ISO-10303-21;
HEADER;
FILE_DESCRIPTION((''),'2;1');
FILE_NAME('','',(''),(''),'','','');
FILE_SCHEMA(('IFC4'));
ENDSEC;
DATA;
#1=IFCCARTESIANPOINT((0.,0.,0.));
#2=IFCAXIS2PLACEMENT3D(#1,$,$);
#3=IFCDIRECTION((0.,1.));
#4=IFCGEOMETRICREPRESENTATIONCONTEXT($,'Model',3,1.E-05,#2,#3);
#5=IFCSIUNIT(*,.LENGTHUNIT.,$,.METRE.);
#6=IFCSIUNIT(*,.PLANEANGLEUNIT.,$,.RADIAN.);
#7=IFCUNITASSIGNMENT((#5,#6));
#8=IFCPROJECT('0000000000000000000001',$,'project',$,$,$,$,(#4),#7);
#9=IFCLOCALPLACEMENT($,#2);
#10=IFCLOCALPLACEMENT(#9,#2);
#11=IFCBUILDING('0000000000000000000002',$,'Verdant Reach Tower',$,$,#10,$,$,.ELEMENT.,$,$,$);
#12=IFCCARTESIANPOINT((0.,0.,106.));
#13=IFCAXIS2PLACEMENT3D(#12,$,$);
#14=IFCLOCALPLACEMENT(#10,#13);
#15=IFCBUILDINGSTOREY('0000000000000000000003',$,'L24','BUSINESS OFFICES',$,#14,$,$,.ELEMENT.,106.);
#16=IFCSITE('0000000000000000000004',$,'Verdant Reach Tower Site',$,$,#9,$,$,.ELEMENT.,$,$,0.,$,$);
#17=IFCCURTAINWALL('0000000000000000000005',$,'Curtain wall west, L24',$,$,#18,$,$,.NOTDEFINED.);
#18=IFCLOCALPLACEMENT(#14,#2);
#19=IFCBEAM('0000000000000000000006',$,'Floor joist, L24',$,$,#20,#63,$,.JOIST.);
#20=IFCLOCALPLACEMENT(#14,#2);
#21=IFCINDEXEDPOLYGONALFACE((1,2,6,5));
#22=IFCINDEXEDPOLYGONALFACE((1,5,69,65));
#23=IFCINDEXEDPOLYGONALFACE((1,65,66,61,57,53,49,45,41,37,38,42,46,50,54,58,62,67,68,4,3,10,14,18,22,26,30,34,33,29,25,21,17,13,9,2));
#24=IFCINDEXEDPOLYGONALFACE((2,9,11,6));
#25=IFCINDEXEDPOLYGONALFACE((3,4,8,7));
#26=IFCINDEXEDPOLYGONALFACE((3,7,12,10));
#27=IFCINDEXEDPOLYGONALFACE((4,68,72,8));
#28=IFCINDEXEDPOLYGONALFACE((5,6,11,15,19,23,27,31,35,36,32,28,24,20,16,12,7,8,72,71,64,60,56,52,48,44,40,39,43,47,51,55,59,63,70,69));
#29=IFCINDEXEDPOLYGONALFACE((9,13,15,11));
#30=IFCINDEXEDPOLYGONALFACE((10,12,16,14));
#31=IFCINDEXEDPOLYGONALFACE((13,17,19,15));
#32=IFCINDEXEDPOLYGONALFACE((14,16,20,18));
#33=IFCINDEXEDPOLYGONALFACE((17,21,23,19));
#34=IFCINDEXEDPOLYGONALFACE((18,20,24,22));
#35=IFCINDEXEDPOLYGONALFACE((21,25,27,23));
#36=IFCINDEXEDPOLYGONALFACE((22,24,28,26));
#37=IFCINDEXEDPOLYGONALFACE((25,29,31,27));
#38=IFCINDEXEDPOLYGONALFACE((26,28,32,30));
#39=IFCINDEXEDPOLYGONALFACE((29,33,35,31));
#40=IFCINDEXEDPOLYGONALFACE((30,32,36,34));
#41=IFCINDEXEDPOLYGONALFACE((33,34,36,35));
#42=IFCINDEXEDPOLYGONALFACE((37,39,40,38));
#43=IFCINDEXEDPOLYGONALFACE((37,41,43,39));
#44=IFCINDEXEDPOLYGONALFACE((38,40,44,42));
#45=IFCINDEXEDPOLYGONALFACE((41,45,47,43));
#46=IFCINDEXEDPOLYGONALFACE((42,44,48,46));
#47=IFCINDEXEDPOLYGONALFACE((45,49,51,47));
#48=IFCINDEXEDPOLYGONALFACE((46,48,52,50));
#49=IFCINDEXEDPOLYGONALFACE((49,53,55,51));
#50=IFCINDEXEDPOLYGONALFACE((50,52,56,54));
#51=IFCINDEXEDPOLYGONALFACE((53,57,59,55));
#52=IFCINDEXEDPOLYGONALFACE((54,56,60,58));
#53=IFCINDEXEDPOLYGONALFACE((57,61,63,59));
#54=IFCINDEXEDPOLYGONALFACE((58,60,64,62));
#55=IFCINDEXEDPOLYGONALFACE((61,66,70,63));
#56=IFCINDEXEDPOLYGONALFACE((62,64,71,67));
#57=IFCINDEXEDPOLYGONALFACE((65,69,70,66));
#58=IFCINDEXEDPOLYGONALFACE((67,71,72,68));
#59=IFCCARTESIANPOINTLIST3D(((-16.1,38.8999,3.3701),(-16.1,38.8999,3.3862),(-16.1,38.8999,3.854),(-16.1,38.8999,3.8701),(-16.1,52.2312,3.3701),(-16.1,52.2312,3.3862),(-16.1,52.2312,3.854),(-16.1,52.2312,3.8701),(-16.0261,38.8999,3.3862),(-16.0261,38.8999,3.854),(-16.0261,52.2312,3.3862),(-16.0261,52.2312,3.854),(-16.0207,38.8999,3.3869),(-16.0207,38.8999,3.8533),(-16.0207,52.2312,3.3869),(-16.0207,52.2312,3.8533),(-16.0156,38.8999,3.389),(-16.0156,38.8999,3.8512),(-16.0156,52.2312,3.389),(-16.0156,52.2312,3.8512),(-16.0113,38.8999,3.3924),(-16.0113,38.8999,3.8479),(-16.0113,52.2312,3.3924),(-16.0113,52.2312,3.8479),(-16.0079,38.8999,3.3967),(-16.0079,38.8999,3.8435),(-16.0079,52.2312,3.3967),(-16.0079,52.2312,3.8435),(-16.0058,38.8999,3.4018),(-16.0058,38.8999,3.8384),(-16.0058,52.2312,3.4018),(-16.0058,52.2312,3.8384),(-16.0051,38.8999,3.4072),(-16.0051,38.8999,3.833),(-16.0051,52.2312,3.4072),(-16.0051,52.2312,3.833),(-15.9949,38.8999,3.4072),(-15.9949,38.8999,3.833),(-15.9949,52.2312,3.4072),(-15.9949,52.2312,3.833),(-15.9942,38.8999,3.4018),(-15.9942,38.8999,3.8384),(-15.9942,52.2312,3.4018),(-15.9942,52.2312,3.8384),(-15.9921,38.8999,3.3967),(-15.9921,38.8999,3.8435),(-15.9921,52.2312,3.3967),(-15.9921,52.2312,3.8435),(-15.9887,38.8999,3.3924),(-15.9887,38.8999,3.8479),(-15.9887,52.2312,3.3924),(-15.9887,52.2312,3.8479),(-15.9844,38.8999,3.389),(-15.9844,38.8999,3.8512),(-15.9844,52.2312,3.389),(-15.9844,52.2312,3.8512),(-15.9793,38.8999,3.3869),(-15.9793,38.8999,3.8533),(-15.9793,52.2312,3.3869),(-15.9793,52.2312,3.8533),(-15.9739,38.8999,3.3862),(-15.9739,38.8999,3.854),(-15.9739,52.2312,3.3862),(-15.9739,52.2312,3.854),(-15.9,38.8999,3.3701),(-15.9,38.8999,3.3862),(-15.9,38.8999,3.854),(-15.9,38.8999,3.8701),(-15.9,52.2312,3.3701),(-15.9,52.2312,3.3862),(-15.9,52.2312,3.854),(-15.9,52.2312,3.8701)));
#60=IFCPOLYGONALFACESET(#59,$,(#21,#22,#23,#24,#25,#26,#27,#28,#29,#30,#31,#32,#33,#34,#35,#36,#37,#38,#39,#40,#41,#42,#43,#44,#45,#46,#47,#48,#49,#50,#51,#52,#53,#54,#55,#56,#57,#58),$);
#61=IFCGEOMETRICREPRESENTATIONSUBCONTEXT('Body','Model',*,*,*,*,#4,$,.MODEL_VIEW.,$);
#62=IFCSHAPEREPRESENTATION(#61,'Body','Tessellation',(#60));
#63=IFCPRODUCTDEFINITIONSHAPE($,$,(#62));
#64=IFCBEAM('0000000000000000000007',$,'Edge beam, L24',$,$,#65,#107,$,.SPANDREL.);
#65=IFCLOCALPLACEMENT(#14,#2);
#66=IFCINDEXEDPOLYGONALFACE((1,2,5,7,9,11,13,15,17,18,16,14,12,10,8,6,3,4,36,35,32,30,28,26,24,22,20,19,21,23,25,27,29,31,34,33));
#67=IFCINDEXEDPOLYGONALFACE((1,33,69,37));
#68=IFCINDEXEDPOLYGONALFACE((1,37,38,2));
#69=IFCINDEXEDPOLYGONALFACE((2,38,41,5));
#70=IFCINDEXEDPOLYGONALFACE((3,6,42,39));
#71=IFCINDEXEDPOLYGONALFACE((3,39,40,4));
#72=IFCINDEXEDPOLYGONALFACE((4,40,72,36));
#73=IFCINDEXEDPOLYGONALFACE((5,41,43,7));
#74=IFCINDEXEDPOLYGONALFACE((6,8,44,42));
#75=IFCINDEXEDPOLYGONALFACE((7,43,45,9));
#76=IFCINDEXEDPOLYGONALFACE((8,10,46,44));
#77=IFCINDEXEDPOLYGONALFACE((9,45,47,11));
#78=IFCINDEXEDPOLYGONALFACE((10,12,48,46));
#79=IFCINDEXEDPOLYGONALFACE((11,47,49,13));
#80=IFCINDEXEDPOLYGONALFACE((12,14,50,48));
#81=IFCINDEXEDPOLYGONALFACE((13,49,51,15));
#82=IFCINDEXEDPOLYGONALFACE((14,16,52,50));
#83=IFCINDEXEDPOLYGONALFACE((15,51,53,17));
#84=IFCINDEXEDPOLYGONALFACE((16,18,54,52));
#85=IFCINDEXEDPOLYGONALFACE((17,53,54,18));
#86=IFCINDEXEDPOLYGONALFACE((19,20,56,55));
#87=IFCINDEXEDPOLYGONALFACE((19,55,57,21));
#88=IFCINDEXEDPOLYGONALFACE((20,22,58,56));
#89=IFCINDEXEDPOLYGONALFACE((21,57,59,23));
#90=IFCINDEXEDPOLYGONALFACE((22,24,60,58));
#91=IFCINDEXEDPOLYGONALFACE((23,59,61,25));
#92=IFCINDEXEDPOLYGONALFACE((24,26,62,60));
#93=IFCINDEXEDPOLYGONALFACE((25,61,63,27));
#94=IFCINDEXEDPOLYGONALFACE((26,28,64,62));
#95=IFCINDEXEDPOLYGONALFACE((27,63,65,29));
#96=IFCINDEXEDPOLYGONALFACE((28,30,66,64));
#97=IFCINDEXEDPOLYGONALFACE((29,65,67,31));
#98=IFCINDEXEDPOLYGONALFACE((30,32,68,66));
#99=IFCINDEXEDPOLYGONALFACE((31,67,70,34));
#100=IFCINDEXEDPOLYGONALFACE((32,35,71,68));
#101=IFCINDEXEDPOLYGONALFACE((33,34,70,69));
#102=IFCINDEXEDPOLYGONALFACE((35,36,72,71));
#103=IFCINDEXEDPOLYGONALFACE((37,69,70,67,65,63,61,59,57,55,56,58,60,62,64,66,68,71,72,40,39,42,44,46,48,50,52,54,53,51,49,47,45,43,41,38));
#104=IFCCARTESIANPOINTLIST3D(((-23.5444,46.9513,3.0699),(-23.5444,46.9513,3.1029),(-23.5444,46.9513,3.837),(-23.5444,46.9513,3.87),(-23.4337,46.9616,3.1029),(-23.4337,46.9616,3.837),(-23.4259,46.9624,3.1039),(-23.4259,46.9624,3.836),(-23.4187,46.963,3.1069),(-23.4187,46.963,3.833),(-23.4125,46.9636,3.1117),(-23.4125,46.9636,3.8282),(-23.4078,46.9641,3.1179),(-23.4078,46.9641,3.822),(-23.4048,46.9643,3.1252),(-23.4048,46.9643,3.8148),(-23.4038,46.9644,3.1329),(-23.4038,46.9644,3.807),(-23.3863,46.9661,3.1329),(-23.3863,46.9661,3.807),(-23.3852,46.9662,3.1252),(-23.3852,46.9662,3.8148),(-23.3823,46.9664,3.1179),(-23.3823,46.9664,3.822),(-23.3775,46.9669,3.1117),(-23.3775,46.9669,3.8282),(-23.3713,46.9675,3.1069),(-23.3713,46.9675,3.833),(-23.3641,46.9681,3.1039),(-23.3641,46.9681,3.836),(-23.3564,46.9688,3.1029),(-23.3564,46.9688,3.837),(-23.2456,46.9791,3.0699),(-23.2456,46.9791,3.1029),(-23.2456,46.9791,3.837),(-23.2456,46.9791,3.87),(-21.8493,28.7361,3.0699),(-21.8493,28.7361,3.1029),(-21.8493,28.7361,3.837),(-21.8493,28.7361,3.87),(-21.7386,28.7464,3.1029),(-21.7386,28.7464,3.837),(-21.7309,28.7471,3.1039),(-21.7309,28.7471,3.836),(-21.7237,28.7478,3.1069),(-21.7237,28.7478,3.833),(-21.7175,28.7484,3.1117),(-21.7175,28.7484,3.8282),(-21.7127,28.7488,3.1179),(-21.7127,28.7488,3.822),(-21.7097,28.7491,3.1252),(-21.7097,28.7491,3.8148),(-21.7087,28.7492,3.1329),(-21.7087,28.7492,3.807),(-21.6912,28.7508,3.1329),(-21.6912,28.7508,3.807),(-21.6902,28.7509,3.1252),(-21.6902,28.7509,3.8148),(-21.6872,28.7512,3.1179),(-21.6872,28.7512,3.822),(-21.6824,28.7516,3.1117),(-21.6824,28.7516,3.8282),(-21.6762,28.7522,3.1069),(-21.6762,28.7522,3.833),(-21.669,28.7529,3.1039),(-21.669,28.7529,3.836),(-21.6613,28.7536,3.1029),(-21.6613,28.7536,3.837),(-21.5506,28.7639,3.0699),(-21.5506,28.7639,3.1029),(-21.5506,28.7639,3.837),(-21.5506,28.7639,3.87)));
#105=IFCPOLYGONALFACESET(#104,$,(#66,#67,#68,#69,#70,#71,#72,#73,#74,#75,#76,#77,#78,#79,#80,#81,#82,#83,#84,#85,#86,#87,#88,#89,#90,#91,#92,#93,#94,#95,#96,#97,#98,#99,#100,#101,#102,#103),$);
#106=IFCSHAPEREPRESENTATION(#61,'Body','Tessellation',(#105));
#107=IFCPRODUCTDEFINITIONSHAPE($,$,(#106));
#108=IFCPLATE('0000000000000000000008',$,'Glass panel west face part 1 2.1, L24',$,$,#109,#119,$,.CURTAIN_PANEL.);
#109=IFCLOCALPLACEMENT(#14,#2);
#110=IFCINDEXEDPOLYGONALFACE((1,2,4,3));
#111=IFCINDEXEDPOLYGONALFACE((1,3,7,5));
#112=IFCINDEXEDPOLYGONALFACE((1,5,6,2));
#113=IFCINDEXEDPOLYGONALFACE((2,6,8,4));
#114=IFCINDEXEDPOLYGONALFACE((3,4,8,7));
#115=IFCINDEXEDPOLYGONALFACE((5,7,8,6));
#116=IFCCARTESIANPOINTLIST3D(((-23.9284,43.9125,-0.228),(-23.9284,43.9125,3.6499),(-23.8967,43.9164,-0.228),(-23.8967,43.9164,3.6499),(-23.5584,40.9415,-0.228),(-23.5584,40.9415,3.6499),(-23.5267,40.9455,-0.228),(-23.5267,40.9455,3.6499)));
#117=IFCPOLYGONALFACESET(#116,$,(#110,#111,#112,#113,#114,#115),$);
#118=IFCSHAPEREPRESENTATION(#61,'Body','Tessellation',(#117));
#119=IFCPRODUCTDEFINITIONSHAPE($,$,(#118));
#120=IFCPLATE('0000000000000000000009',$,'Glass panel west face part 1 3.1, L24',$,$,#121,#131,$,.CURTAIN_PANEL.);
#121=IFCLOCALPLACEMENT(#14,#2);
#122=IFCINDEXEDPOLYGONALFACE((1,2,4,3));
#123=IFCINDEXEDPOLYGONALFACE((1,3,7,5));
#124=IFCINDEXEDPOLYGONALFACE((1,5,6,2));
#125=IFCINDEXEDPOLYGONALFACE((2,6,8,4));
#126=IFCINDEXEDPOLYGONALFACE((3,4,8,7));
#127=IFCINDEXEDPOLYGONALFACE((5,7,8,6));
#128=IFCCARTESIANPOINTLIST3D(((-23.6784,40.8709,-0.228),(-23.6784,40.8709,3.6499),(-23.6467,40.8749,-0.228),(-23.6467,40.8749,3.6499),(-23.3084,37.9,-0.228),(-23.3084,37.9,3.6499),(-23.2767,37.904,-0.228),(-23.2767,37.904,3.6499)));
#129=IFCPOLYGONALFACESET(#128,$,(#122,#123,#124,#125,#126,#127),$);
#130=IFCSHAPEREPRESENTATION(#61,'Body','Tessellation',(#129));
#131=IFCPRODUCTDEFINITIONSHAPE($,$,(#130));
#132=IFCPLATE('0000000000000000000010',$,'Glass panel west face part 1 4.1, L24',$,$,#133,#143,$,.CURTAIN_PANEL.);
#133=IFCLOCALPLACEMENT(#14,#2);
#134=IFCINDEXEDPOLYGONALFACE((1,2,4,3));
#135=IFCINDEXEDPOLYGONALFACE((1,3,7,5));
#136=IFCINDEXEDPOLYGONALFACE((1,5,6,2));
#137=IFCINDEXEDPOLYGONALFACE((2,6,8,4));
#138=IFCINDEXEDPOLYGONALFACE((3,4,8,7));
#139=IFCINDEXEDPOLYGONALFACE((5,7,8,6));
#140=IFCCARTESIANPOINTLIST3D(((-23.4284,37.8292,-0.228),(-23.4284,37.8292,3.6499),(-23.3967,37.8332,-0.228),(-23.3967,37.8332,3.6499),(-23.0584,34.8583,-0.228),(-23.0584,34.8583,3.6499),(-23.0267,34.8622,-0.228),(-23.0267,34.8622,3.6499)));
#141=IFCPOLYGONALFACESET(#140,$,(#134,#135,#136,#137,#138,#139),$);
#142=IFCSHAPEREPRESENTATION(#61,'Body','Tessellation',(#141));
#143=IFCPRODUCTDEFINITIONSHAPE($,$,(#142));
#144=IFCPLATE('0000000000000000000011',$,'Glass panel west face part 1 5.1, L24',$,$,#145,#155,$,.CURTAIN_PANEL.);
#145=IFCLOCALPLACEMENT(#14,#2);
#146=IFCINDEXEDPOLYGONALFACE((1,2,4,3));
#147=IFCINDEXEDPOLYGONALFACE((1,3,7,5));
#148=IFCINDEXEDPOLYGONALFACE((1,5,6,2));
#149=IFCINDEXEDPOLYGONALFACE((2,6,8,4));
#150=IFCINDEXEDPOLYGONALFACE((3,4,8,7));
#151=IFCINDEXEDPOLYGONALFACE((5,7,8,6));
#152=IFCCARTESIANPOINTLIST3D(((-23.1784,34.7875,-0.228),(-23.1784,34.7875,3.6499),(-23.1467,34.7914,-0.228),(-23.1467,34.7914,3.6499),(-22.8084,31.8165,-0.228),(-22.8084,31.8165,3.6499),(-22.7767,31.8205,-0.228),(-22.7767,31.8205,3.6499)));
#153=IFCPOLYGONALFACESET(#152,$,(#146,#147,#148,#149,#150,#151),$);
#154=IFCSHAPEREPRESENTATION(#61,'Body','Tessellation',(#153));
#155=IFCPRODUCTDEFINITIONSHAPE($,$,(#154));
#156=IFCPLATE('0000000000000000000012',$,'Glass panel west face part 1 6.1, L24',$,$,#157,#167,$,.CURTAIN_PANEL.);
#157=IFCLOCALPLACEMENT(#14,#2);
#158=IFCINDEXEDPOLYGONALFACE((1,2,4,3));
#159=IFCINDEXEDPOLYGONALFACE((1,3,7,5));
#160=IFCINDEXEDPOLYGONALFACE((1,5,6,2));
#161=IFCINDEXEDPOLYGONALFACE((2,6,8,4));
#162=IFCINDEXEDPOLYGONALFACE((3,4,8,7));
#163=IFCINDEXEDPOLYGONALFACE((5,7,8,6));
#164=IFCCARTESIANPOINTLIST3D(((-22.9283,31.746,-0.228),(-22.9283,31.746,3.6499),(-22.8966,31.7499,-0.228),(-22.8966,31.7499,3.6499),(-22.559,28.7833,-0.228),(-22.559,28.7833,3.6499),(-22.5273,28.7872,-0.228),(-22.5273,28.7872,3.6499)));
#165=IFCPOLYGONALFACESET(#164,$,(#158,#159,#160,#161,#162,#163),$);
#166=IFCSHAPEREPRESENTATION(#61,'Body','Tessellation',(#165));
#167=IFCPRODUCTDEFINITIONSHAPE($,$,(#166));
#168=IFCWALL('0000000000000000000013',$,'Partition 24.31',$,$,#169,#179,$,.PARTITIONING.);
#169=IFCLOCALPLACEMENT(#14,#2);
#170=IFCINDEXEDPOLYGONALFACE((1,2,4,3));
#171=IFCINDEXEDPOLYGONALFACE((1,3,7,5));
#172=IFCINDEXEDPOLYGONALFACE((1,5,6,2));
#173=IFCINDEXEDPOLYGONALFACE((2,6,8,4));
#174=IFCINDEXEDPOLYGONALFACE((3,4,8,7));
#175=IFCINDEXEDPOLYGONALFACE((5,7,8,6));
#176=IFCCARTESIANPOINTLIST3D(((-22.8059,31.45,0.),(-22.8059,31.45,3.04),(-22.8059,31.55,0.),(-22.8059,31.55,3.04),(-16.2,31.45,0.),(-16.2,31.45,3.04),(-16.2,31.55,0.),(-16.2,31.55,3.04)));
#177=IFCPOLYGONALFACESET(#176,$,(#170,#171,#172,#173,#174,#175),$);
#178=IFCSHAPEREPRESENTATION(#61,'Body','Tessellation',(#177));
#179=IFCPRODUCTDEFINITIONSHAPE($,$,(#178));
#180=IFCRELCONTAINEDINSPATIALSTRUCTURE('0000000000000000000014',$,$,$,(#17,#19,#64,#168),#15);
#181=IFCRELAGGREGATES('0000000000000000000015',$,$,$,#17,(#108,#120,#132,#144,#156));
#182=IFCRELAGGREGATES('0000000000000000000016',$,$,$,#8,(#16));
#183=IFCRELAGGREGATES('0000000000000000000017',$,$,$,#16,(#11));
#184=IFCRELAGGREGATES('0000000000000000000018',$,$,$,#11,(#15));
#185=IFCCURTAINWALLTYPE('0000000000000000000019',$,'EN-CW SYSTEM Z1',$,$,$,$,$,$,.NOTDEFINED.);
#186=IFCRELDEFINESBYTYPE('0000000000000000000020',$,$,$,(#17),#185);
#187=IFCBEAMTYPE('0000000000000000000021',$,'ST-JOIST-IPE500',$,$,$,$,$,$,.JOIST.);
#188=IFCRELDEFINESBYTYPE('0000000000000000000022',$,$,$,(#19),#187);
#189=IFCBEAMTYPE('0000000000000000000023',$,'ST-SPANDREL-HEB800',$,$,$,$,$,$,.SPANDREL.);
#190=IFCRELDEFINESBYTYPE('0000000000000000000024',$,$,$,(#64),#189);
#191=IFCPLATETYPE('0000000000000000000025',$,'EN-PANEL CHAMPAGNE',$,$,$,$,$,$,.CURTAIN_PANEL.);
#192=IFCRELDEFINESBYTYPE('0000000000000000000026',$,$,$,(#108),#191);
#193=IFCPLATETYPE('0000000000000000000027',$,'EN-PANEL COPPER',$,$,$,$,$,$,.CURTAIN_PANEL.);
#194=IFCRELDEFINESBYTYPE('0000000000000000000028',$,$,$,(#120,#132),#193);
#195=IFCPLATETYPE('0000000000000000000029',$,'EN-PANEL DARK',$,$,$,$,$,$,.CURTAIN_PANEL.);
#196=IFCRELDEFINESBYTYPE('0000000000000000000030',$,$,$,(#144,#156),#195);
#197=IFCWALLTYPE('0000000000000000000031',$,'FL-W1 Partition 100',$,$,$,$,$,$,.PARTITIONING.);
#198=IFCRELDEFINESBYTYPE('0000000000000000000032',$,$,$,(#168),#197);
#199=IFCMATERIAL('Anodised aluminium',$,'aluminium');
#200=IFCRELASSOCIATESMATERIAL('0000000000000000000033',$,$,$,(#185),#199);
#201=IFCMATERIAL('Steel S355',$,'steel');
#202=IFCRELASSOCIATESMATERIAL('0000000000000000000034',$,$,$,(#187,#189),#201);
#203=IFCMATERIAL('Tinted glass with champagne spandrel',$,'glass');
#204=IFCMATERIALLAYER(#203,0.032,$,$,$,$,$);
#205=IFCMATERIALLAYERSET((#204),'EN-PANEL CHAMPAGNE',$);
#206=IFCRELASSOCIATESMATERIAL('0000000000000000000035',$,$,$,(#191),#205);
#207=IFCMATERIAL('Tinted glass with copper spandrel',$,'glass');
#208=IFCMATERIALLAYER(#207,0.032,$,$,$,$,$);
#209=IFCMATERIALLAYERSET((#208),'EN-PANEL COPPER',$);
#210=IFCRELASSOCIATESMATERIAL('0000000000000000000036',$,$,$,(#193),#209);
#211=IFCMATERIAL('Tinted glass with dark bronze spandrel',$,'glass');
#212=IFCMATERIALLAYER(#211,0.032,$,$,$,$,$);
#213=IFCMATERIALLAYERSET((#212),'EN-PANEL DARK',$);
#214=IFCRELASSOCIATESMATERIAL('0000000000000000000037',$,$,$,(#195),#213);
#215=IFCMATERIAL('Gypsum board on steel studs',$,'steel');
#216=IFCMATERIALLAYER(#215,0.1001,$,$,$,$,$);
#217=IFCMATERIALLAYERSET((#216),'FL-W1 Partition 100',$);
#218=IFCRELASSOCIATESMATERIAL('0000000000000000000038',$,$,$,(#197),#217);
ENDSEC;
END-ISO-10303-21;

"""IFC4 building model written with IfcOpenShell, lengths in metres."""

from ifc_helpers import new_model, si_unit, direction, frame, frame_2d, origin, origin_2d, place, context, subcontext, project, spatial, rectangle, i_section, extrude, material, layer, layer_set, material_profile, profile_set, type_object, element, aggregate, save


model = new_model("IFC4")

# Units and contexts
model_context = context("Model", 3, precision=1e-05, world=origin(), true_north=direction((0.0, 1.0)))
body_context = subcontext(model_context, "Body", "Model", "MODEL_VIEW")
ifc_project = project(units=[si_unit("LENGTHUNIT", "METRE"), si_unit("PLANEANGLEUNIT", "RADIAN")], contexts=[model_context])

# Site, building, storey
site_placement = place(None, origin())
site = spatial("IfcSite", under=ifc_project, at=site_placement, Name="Verdant Reach Tower Site", CompositionType="ELEMENT", RefElevation=0.0)
building_placement = place(site_placement, origin())
building = spatial("IfcBuilding", under=site, at=building_placement, Name="Verdant Reach Tower", CompositionType="ELEMENT")
storey_placement = place(building_placement, frame((0.0, 0.0, 106.0)))
storey = spatial("IfcBuildingStorey", under=building, at=storey_placement, Name="L24", Description="BUSINESS OFFICES", CompositionType="ELEMENT", Elevation=106.0)

# Curtain wall
ifc_material_1 = material(Name="Anodised aluminium", Category="aluminium")
curtain_wall_type = type_object("IfcCurtainWallType", Name="EN-CW SYSTEM Z1", PredefinedType="NOTDEFINED", material=ifc_material_1)
curtain_wall_placement = place(storey_placement, origin())
curtain_wall = element("IfcCurtainWall", 1, at=curtain_wall_placement, inside=storey, type_object=curtain_wall_type, Name="Curtain wall west, L24", PredefinedType="NOTDEFINED")

# Beams
ifc_material_2 = material(Name="Steel S355", Category="steel")
ifc_material_profile_1 = material_profile(ifc_material_2, i_section(OverallWidth=0.2, OverallDepth=0.5, WebThickness=0.0103, FlangeThickness=0.0161, FilletRadius=0.021, at=origin_2d()), Name="IPE 500")
ifc_profile_set_1 = profile_set([ifc_material_profile_1], Name="Steel S355")
beam_type_1 = type_object("IfcBeamType", Name="ST-JOIST-IPE500", PredefinedType="JOIST", material=ifc_profile_set_1)
beam_1_placement = place(storey_placement, frame((-16.0, 38.8999, 3.6201), z_axis=(0.0, 1.0, 0.0), x_axis=(-1.0, 0.0, 0.0)))
element("IfcBeam", 2, at=beam_1_placement, inside=storey, type_object=beam_type_1, Name="Floor joist, L24", PredefinedType="JOIST", context=body_context, shape_type="SweptSolid", body=[
    extrude(i_section(OverallWidth=0.2, OverallDepth=0.5, WebThickness=0.0103, FlangeThickness=0.0161, FilletRadius=0.021, at=origin_2d()), origin(), (0.0, 0.0, 1.0), 13.3313),
])
ifc_material_profile_2 = material_profile(ifc_material_2, i_section(OverallWidth=0.3, OverallDepth=0.8, WebThickness=0.0176, FlangeThickness=0.033, FilletRadius=0.03, at=origin_2d()), Name="HEB 800")
ifc_profile_set_2 = profile_set([ifc_material_profile_2], Name="Steel S355")
beam_type_2 = type_object("IfcBeamType", Name="ST-SPANDREL-HEB800", PredefinedType="SPANDREL", material=ifc_profile_set_2)
beam_2_placement = place(storey_placement, frame((-21.7, 28.75, 3.47), z_axis=(-0.092657, 0.995698, 0.0), x_axis=(-0.995698, -0.092657, 0.0)))
element("IfcBeam", 3, at=beam_2_placement, inside=storey, type_object=beam_type_2, Name="Edge beam, L24", PredefinedType="SPANDREL", context=body_context, shape_type="SweptSolid", body=[
    extrude(i_section(OverallWidth=0.3, OverallDepth=0.8, WebThickness=0.0176, FlangeThickness=0.033, FilletRadius=0.03, at=origin_2d()), origin(), (0.0, 0.0, 1.0), 18.2939),
])

# Plates
ifc_material_3 = material(Name="Tinted glass with champagne spandrel", Category="glass")
ifc_layer_1 = layer(ifc_material_3, 0.032)
ifc_layer_set_1 = layer_set([ifc_layer_1], Name="EN-PANEL CHAMPAGNE")
plate_type_1 = type_object("IfcPlateType", Name="EN-PANEL CHAMPAGNE", PredefinedType="CURTAIN_PANEL", material=ifc_layer_set_1)
plate_1_placement = place(storey_placement, frame((-23.7275, 42.429, -0.228), z_axis=(0.0, 0.0, 1.0), x_axis=(0.123579, -0.992335, 0.0)))
plate_1 = element("IfcPlate", 4, at=plate_1_placement, type_object=plate_type_1, Name="Glass panel west face part 1 2.1, L24", PredefinedType="CURTAIN_PANEL", context=body_context, shape_type="SweptSolid", body=[
    extrude(rectangle(XDim=2.9939, YDim=0.032, at=origin_2d()), origin(), (0.0, 0.0, 1.0), 3.8779),
])
ifc_material_4 = material(Name="Tinted glass with copper spandrel", Category="glass")
ifc_layer_2 = layer(ifc_material_4, 0.032)
ifc_layer_set_2 = layer_set([ifc_layer_2], Name="EN-PANEL COPPER")
plate_type_2 = type_object("IfcPlateType", Name="EN-PANEL COPPER", PredefinedType="CURTAIN_PANEL", material=ifc_layer_set_2)
plate_2_placement = place(storey_placement, frame((-23.4775, 39.3875, -0.228), z_axis=(0.0, 0.0, 1.0), x_axis=(0.123579, -0.992335, 0.0)))
plate_2 = element("IfcPlate", 5, at=plate_2_placement, type_object=plate_type_2, Name="Glass panel west face part 1 3.1, L24", PredefinedType="CURTAIN_PANEL", context=body_context, shape_type="SweptSolid", body=[
    extrude(rectangle(XDim=2.9939, YDim=0.032, at=origin_2d()), origin(), (0.0, 0.0, 1.0), 3.8779),
])
plate_3_placement = place(storey_placement, frame((-23.2275, 36.3457, -0.228), z_axis=(0.0, 0.0, 1.0), x_axis=(0.123579, -0.992335, 0.0)))
plate_3 = element("IfcPlate", 6, at=plate_3_placement, type_object=plate_type_2, Name="Glass panel west face part 1 4.1, L24", PredefinedType="CURTAIN_PANEL", context=body_context, shape_type="SweptSolid", body=[
    extrude(rectangle(XDim=2.9939, YDim=0.032, at=origin_2d()), origin(), (0.0, 0.0, 1.0), 3.8779),
])
ifc_material_5 = material(Name="Tinted glass with dark bronze spandrel", Category="glass")
ifc_layer_3 = layer(ifc_material_5, 0.032)
ifc_layer_set_3 = layer_set([ifc_layer_3], Name="EN-PANEL DARK")
plate_type_3 = type_object("IfcPlateType", Name="EN-PANEL DARK", PredefinedType="CURTAIN_PANEL", material=ifc_layer_set_3)
plate_4_placement = place(storey_placement, frame((-22.9775, 33.304, -0.228), z_axis=(0.0, 0.0, 1.0), x_axis=(0.123579, -0.992335, 0.0)))
plate_4 = element("IfcPlate", 7, at=plate_4_placement, type_object=plate_type_3, Name="Glass panel west face part 1 5.1, L24", PredefinedType="CURTAIN_PANEL", context=body_context, shape_type="SweptSolid", body=[
    extrude(rectangle(XDim=2.9939, YDim=0.032, at=origin_2d()), origin(), (0.0, 0.0, 1.0), 3.8779),
])
plate_5_placement = place(storey_placement, frame((-22.7278, 30.2666, -0.228), z_axis=(0.0, 0.0, 1.0), x_axis=(0.123691, -0.992321, 0.0)))
plate_5 = element("IfcPlate", 8, at=plate_5_placement, type_object=plate_type_3, Name="Glass panel west face part 1 6.1, L24", PredefinedType="CURTAIN_PANEL", context=body_context, shape_type="SweptSolid", body=[
    extrude(rectangle(XDim=2.9856, YDim=0.032, at=origin_2d()), origin(), (0.0, 0.0, 1.0), 3.8779),
])
aggregate(curtain_wall, [plate_1, plate_2, plate_3, plate_4, plate_5])

# Wall
ifc_material_6 = material(Name="Gypsum board on steel studs", Category="steel")
ifc_layer_4 = layer(ifc_material_6, 0.1001)
ifc_layer_set_4 = layer_set([ifc_layer_4], Name="FL-W1 Partition 100")
wall_type_1 = type_object("IfcWallType", Name="FL-W1 Partition 100", PredefinedType="PARTITIONING", material=ifc_layer_set_4)
wall_1_placement = place(storey_placement, frame((-16.2, 31.5, 0.0), z_axis=(0.0, 0.0, 1.0), x_axis=(-1.0, 0.0, 0.0)))
element("IfcWall", 9, at=wall_1_placement, inside=storey, type_object=wall_type_1, Name="Partition 24.31", PredefinedType="PARTITIONING", context=body_context, shape_type="SweptSolid", body=[
    extrude(rectangle(XDim=6.606, YDim=0.1001, at=frame_2d((3.303, 0.0))), origin(), (0.0, 0.0, 1.0), 3.04),
])

save(model, "model.ifc")
